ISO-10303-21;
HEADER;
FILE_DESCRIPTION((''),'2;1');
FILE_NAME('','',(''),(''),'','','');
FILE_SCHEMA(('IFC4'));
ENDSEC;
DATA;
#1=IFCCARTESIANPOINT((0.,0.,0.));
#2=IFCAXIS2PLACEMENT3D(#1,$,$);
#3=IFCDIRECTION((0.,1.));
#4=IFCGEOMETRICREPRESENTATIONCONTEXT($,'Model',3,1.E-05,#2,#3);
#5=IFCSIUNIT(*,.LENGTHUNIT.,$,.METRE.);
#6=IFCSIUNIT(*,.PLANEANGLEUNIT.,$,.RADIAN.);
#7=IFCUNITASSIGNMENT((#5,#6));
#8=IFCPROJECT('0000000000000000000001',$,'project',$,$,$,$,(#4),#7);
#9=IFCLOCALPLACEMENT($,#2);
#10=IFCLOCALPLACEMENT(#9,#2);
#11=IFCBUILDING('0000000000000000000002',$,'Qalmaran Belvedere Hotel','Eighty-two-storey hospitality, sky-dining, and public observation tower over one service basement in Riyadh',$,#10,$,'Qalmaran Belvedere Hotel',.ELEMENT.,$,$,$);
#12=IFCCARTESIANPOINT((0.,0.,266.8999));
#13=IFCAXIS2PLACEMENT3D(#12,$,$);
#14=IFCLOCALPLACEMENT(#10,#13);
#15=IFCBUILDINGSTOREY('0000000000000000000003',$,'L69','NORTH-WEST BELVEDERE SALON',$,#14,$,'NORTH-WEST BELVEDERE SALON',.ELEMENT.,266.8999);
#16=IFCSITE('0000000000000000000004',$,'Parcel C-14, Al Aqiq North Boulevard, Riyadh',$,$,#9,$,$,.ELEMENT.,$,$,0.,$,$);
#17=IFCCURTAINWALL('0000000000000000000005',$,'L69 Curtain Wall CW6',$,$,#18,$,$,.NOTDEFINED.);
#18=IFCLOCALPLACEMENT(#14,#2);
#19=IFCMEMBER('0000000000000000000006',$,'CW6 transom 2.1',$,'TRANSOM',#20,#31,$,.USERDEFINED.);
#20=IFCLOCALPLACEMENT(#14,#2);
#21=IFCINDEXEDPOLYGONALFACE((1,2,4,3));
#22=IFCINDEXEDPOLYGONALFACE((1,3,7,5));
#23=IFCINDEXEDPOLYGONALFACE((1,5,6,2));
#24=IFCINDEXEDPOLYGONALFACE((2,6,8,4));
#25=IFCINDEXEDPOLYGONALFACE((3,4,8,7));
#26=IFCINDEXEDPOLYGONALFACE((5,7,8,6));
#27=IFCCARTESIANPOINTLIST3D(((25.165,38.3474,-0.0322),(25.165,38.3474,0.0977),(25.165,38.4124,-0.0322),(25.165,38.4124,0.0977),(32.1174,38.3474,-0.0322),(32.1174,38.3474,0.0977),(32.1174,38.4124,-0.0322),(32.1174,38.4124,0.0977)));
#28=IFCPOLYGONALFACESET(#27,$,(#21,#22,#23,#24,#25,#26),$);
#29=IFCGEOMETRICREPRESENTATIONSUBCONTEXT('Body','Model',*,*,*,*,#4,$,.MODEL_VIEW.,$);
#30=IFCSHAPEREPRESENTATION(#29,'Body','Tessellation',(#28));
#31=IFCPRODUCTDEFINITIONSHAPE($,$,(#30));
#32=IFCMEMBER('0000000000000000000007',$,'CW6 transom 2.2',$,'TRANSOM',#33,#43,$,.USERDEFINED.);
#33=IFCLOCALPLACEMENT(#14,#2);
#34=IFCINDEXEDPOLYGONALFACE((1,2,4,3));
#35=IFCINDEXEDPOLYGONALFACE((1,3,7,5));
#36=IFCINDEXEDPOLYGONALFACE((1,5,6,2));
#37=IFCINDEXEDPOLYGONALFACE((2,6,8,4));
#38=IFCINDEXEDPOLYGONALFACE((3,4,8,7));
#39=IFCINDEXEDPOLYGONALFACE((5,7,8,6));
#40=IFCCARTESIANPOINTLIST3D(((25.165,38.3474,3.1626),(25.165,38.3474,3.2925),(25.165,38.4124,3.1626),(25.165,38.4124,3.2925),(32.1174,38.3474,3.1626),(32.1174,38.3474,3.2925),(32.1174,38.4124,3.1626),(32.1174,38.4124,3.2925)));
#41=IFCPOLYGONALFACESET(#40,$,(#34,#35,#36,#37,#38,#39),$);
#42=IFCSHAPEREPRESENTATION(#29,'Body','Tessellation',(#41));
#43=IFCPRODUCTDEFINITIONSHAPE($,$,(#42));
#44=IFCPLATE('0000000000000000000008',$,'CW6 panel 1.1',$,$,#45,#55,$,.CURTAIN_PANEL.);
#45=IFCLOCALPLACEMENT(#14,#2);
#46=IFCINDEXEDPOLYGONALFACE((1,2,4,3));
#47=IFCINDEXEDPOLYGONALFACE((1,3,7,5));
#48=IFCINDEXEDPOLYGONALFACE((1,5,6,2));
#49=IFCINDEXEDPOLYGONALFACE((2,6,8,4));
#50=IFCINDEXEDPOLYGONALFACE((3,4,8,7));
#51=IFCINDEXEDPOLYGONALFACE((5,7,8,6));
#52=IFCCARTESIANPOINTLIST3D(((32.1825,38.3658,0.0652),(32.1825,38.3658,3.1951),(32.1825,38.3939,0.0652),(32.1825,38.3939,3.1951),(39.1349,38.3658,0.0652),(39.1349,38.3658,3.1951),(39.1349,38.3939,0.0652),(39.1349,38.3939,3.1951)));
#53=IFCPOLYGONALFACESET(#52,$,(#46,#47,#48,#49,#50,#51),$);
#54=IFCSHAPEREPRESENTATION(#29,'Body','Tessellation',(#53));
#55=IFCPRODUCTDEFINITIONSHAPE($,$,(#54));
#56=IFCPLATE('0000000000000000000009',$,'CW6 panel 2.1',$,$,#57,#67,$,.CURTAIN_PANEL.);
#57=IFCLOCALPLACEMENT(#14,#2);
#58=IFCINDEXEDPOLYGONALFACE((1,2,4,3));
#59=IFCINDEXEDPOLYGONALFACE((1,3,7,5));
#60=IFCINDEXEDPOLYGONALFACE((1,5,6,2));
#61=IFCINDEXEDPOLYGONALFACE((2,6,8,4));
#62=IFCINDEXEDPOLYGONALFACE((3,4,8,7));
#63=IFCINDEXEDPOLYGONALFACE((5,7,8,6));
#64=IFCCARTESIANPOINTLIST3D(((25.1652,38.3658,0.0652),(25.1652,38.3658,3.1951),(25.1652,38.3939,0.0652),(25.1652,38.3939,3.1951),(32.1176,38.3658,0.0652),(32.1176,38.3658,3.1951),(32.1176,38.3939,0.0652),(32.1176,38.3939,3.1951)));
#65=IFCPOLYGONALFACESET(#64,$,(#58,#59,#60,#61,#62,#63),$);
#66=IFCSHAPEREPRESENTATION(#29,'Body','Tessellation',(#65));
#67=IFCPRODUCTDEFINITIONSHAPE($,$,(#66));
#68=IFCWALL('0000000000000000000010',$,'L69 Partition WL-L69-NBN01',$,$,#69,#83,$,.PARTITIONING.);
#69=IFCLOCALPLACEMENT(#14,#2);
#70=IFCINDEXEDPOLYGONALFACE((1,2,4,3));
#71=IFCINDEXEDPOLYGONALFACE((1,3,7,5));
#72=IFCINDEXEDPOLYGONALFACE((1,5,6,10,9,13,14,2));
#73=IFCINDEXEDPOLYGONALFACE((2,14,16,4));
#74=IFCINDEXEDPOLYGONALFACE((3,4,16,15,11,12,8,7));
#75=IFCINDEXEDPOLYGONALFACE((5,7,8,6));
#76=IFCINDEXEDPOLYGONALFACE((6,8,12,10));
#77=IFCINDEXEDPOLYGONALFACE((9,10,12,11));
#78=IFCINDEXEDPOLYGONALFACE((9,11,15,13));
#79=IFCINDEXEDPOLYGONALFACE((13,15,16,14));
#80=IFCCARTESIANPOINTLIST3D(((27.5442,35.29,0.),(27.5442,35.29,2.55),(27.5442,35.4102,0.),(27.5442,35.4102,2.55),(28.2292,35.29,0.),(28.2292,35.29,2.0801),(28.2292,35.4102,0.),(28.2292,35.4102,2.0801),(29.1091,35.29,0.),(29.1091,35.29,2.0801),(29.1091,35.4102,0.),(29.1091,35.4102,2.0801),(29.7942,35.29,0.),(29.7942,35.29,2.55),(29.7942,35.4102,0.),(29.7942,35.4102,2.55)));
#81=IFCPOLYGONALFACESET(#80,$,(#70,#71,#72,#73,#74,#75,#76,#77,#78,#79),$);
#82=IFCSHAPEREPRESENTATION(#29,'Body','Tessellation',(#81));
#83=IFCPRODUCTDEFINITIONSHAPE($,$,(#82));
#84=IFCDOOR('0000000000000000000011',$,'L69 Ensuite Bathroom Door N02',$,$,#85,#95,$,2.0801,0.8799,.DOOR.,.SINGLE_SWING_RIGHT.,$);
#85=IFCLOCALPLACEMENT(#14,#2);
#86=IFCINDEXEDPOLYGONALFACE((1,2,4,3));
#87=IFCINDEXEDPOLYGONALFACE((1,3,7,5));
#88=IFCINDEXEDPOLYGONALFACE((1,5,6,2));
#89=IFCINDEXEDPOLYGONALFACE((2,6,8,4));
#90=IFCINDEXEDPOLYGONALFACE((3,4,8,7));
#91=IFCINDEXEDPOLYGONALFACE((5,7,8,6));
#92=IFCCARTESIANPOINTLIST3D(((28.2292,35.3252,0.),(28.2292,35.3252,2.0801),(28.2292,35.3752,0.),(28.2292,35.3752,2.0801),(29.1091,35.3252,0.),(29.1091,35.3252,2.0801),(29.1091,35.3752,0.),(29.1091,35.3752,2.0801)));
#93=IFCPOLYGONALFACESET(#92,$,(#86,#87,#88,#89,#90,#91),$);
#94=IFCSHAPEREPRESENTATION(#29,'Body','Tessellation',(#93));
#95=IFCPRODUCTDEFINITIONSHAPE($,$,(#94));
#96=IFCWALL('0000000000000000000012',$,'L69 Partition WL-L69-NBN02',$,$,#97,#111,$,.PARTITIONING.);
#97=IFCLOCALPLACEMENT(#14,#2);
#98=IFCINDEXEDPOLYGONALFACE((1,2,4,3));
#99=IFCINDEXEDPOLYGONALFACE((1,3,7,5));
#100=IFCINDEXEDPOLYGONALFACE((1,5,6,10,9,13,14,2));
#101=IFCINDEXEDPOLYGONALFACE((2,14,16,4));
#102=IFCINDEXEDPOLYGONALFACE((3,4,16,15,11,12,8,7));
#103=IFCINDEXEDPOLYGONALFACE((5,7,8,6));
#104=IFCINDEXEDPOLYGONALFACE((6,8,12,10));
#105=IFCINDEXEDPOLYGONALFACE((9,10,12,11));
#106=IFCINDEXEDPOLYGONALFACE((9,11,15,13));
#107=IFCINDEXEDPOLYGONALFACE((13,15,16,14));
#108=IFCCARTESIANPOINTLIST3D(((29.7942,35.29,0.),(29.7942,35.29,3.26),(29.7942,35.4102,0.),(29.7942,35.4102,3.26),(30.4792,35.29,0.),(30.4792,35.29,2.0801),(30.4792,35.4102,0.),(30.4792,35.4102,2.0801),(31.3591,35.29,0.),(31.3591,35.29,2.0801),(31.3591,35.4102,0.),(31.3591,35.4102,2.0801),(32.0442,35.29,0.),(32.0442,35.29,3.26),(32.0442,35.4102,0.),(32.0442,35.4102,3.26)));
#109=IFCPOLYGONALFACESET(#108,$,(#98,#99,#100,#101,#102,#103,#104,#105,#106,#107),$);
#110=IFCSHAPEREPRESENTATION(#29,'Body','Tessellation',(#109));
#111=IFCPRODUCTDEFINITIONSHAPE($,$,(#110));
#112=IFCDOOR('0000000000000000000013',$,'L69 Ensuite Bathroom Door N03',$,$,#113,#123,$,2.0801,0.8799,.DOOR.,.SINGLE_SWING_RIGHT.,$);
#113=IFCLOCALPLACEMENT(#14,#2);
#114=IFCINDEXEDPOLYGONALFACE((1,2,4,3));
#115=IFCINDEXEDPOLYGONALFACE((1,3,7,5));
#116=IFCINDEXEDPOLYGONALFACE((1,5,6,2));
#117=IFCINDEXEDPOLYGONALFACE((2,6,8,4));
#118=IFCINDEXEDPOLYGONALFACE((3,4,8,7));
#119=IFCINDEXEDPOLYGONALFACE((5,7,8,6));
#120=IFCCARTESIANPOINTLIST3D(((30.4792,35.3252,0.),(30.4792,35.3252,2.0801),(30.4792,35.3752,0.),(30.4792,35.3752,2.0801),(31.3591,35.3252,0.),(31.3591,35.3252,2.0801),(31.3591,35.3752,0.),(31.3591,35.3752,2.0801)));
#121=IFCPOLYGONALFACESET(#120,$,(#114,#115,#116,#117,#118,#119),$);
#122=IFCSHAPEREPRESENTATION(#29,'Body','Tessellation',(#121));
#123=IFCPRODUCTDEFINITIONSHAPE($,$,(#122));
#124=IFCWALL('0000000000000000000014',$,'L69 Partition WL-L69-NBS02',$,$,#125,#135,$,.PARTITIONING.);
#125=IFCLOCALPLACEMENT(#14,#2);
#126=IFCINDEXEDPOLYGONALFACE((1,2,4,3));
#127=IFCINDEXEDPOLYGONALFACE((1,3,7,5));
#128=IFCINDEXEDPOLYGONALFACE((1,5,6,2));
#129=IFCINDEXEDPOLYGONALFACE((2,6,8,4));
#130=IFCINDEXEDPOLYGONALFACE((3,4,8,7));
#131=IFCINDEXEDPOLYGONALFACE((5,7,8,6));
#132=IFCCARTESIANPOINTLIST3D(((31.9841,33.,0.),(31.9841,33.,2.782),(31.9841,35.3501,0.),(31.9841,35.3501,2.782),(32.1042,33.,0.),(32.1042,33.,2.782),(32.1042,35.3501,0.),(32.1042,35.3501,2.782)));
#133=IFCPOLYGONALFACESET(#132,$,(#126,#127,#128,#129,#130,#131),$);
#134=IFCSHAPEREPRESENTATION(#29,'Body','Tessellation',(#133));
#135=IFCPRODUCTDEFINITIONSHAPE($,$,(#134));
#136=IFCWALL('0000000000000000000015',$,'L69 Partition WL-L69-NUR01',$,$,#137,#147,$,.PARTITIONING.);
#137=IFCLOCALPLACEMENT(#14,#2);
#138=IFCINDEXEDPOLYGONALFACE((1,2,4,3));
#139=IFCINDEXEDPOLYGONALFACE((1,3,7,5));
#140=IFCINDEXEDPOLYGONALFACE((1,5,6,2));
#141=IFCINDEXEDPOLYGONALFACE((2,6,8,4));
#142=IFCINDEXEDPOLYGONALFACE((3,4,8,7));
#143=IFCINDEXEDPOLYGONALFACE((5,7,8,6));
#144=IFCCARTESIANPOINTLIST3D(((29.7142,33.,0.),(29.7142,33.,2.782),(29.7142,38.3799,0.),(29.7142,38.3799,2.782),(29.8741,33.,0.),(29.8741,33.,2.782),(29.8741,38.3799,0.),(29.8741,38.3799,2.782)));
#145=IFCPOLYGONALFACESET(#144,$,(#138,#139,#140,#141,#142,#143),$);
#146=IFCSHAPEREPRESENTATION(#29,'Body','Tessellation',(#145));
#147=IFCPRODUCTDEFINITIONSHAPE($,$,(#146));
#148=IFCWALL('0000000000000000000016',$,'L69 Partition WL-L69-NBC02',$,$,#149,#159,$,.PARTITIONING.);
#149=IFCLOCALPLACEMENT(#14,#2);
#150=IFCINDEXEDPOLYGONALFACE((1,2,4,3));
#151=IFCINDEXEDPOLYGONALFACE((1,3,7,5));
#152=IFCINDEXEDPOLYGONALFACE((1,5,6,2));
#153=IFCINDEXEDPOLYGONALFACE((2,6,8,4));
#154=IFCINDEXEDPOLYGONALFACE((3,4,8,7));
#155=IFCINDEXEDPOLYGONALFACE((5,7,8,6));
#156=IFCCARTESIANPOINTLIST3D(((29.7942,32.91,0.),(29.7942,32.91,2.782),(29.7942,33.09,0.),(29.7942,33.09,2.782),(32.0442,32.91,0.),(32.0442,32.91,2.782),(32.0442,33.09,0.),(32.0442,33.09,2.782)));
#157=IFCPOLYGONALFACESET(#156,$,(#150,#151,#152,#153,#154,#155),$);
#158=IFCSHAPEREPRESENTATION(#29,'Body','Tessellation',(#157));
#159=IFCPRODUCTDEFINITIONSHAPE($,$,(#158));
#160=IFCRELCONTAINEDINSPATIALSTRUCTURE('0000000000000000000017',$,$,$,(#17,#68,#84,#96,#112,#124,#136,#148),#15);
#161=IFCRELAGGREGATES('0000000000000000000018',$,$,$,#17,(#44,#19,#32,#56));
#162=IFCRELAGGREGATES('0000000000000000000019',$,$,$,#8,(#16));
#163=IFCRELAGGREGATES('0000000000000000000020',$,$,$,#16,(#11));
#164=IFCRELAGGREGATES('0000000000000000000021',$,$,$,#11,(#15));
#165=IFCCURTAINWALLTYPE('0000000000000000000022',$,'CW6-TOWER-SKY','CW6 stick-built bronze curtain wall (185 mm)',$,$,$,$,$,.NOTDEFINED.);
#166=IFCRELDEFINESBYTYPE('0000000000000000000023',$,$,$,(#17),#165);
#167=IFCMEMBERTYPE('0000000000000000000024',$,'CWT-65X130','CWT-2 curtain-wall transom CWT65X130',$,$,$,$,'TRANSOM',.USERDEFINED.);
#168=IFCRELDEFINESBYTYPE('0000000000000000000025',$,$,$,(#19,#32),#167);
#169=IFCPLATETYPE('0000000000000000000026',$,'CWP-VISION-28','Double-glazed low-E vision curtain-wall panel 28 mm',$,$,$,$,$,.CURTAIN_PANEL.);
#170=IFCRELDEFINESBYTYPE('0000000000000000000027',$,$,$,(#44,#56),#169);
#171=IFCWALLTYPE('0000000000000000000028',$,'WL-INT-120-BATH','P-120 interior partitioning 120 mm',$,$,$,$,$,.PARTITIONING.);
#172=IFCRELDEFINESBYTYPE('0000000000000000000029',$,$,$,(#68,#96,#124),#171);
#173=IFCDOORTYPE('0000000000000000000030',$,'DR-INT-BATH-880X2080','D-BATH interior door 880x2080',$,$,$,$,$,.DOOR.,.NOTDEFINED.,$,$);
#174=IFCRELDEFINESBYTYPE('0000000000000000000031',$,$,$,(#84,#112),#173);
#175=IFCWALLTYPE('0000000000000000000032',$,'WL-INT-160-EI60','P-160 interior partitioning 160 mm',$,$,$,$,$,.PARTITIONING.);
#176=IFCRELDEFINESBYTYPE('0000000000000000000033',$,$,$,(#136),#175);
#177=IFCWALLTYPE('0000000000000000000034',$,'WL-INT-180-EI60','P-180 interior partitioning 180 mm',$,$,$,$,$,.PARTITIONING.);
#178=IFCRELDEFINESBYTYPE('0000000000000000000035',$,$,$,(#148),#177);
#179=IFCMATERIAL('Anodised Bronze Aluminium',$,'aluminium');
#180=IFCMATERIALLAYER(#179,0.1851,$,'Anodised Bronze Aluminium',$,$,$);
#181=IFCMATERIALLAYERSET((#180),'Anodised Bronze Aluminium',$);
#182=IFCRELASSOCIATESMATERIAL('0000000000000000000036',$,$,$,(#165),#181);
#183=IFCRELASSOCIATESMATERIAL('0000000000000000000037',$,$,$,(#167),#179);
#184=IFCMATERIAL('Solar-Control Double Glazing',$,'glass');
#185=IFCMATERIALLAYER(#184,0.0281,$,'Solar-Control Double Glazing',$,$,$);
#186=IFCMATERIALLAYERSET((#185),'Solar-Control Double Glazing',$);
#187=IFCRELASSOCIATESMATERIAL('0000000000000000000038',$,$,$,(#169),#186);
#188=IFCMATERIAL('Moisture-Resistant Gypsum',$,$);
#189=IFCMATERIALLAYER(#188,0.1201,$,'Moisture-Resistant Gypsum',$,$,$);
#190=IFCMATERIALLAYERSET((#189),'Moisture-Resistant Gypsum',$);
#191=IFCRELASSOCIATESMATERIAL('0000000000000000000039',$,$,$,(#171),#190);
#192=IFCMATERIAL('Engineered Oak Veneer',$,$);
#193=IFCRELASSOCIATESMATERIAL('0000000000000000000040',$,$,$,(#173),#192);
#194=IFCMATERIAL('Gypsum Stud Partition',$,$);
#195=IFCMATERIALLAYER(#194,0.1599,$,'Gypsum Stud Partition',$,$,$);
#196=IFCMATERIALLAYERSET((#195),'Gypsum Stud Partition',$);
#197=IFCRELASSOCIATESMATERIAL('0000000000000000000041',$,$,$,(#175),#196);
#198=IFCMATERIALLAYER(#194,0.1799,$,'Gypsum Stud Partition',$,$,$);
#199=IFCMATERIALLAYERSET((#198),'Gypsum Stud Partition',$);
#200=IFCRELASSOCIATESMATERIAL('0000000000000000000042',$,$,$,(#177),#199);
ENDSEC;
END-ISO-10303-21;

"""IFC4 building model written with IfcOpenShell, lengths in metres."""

from ifc_helpers import new_model, si_unit, direction, frame, frame_2d, origin, origin_2d, place, context, subcontext, project, spatial, rectangle, extrude, material, layer, layer_set, material_profile, profile_set, type_object, element, fill, aggregate, save


model = new_model("IFC4")

# Units and contexts
model_context = context("Model", 3, precision=1e-05, world=origin(), true_north=direction((0.0, 1.0)))
body_context = subcontext(model_context, "Body", "Model", "MODEL_VIEW")
ifc_project = project(units=[si_unit("LENGTHUNIT", "METRE"), si_unit("PLANEANGLEUNIT", "RADIAN")], contexts=[model_context])

# Site, building, storey
site_placement = place(None, origin())
site = spatial("IfcSite", under=ifc_project, at=site_placement, Name="Parcel C-14, Al Aqiq North Boulevard, Riyadh", CompositionType="ELEMENT", RefElevation=0.0)
building_placement = place(site_placement, origin())
building = spatial("IfcBuilding", under=site, at=building_placement, Name="Qalmaran Belvedere Hotel", Description="Eighty-two-storey hospitality, sky-dining, and public observation tower over one service basement in Riyadh", LongName="Qalmaran Belvedere Hotel", CompositionType="ELEMENT")
storey_placement = place(building_placement, frame((0.0, 0.0, 266.8999)))
storey = spatial("IfcBuildingStorey", under=building, at=storey_placement, Name="L69", Description="NORTH-WEST BELVEDERE SALON", LongName="NORTH-WEST BELVEDERE SALON", CompositionType="ELEMENT", Elevation=266.8999)

# Curtain wall, members, plates
ifc_material_1 = material(Name="Anodised Bronze Aluminium", Category="aluminium")
ifc_layer_1 = layer(ifc_material_1, 0.1851, Name="Anodised Bronze Aluminium")
ifc_layer_set_1 = layer_set([ifc_layer_1], Name="Anodised Bronze Aluminium")
curtain_wall_type = type_object("IfcCurtainWallType", Name="CW6-TOWER-SKY", Description="CW6 stick-built bronze curtain wall (185 mm)", PredefinedType="NOTDEFINED", material=ifc_layer_set_1)
curtain_wall_placement = place(storey_placement, origin())
curtain_wall = element("IfcCurtainWall", 1, at=curtain_wall_placement, inside=storey, type_object=curtain_wall_type, Name="L69 Curtain Wall CW6", PredefinedType="NOTDEFINED")
ifc_material_profile_1 = material_profile(ifc_material_1, rectangle(XDim=0.0649, YDim=0.1299, at=origin_2d()), Name="CWT65X130")
ifc_profile_set_1 = profile_set([ifc_material_profile_1], Name="Anodised Bronze Aluminium")
member_type_1 = type_object("IfcMemberType", Name="CWT-65X130", Description="CWT-2 curtain-wall transom CWT65X130", ElementType="TRANSOM", PredefinedType="USERDEFINED", material=ifc_profile_set_1)
member_1_placement = place(storey_placement, frame((32.1174, 38.3799, 0.0327), z_axis=(-1.0, 0.0, 0.0), x_axis=(0.0, -1.0, 0.0)))
member_1 = element("IfcMember", 2, at=member_1_placement, type_object=member_type_1, Name="CW6 transom 2.1", ObjectType="TRANSOM", PredefinedType="USERDEFINED", context=body_context, shape_type="SweptSolid", body=[
    extrude(rectangle(XDim=0.0649, YDim=0.1299, at=origin_2d()), origin(), (0.0, 0.0, 1.0), 6.9524),
])
member_2_placement = place(storey_placement, frame((32.1174, 38.3799, 3.2275), z_axis=(-1.0, 0.0, 0.0), x_axis=(0.0, -1.0, 0.0)))
member_2 = element("IfcMember", 3, at=member_2_placement, type_object=member_type_1, Name="CW6 transom 2.2", ObjectType="TRANSOM", PredefinedType="USERDEFINED", context=body_context, shape_type="SweptSolid", body=[
    extrude(rectangle(XDim=0.0649, YDim=0.1299, at=origin_2d()), origin(), (0.0, 0.0, 1.0), 6.9524),
])
ifc_material_2 = material(Name="Solar-Control Double Glazing", Category="glass")
ifc_layer_2 = layer(ifc_material_2, 0.0281, Name="Solar-Control Double Glazing")
ifc_layer_set_2 = layer_set([ifc_layer_2], Name="Solar-Control Double Glazing")
plate_type = type_object("IfcPlateType", Name="CWP-VISION-28", Description="Double-glazed low-E vision curtain-wall panel 28 mm", PredefinedType="CURTAIN_PANEL", material=ifc_layer_set_2)
plate_1_placement = place(storey_placement, frame((35.6587, 38.3799, 0.0652), z_axis=(0.0, 0.0, 1.0), x_axis=(-1.0, 0.0, 0.0)))
plate_1 = element("IfcPlate", 4, at=plate_1_placement, type_object=plate_type, Name="CW6 panel 1.1", PredefinedType="CURTAIN_PANEL", context=body_context, shape_type="SweptSolid", body=[
    extrude(rectangle(XDim=6.9524, YDim=0.0281, at=origin_2d()), origin(), (0.0, 0.0, 1.0), 3.1299),
])
plate_2_placement = place(storey_placement, frame((28.6414, 38.3799, 0.0652), z_axis=(0.0, 0.0, 1.0), x_axis=(-1.0, 0.0, 0.0)))
plate_2 = element("IfcPlate", 5, at=plate_2_placement, type_object=plate_type, Name="CW6 panel 2.1", PredefinedType="CURTAIN_PANEL", context=body_context, shape_type="SweptSolid", body=[
    extrude(rectangle(XDim=6.9524, YDim=0.0281, at=origin_2d()), origin(), (0.0, 0.0, 1.0), 3.1299),
])
aggregate(curtain_wall, [plate_1, member_1, member_2, plate_2])

# Walls, openings, doors
ifc_material_3 = material(Name="Moisture-Resistant Gypsum")
ifc_layer_3 = layer(ifc_material_3, 0.1201, Name="Moisture-Resistant Gypsum")
ifc_layer_set_3 = layer_set([ifc_layer_3], Name="Moisture-Resistant Gypsum")
wall_type_1 = type_object("IfcWallType", Name="WL-INT-120-BATH", Description="P-120 interior partitioning 120 mm", PredefinedType="PARTITIONING", material=ifc_layer_set_3)
wall_1_placement = place(storey_placement, frame((27.5442, 35.3501, 0.0), z_axis=(0.0, 0.0, 1.0), x_axis=(1.0, 0.0, 0.0)))
wall_1 = element("IfcWall", 6, at=wall_1_placement, inside=storey, type_object=wall_type_1, Name="L69 Partition WL-L69-NBN01", PredefinedType="PARTITIONING", context=body_context, shape_type="SweptSolid", body=[
    extrude(rectangle(XDim=2.25, YDim=0.1201, at=frame_2d((1.125, 0.0))), origin(), (0.0, 0.0, 1.0), 2.55),
])
opening_1_placement = place(wall_1_placement, frame((1.5649, 0.0, 0.0), z_axis=(0.0, 0.0, 1.0), x_axis=(-1.0, 0.0, 0.0)))
opening_1 = element("IfcOpeningElement", 7, at=opening_1_placement, cuts=wall_1, PredefinedType="OPENING", context=body_context, shape_type="SweptSolid", body=[
    extrude(rectangle(XDim=0.8799, YDim=2.0801, at=frame_2d((0.4399, 1.04))), frame((0.0, 0.0701, 0.0), z_axis=(0.0, -1.0, 0.0), x_axis=(1.0, 0.0, 0.0)), (0.0, 0.0, 1.0), 0.1401),
])
ifc_material_4 = material(Name="Engineered Oak Veneer")
door_type_1 = type_object("IfcDoorType", Name="DR-INT-BATH-880X2080", Description="D-BATH interior door 880x2080", OperationType="NOTDEFINED", PredefinedType="DOOR", material=ifc_material_4)
door_1_placement = place(opening_1_placement, origin())
door_1 = element("IfcDoor", 8, at=door_1_placement, inside=storey, type_object=door_type_1, Name="L69 Ensuite Bathroom Door N02", OperationType="SINGLE_SWING_RIGHT", OverallHeight=2.0801, OverallWidth=0.8799, PredefinedType="DOOR", context=body_context, shape_type="SweptSolid", body=[
    extrude(rectangle(XDim=0.8799, YDim=2.0801, at=frame_2d((0.4399, 1.04))), frame((0.0, 0.0249, 0.0), z_axis=(0.0, -1.0, 0.0), x_axis=(1.0, 0.0, 0.0)), (0.0, 0.0, 1.0), 0.05),
])
fill(opening_1, door_1)
wall_2_placement = place(storey_placement, frame((29.7942, 35.3501, 0.0), z_axis=(0.0, 0.0, 1.0), x_axis=(1.0, 0.0, 0.0)))
wall_2 = element("IfcWall", 9, at=wall_2_placement, inside=storey, type_object=wall_type_1, Name="L69 Partition WL-L69-NBN02", PredefinedType="PARTITIONING", context=body_context, shape_type="SweptSolid", body=[
    extrude(rectangle(XDim=2.25, YDim=0.1201, at=frame_2d((1.125, 0.0))), origin(), (0.0, 0.0, 1.0), 3.26),
])
opening_2_placement = place(wall_2_placement, frame((1.5649, 0.0, 0.0), z_axis=(0.0, 0.0, 1.0), x_axis=(-1.0, 0.0, 0.0)))
opening_2 = element("IfcOpeningElement", 10, at=opening_2_placement, cuts=wall_2, PredefinedType="OPENING", context=body_context, shape_type="SweptSolid", body=[
    extrude(rectangle(XDim=0.8799, YDim=2.0801, at=frame_2d((0.4399, 1.04))), frame((0.0, 0.0701, 0.0), z_axis=(0.0, -1.0, 0.0), x_axis=(1.0, 0.0, 0.0)), (0.0, 0.0, 1.0), 0.1401),
])
door_2_placement = place(opening_2_placement, origin())
door_2 = element("IfcDoor", 11, at=door_2_placement, inside=storey, type_object=door_type_1, Name="L69 Ensuite Bathroom Door N03", OperationType="SINGLE_SWING_RIGHT", OverallHeight=2.0801, OverallWidth=0.8799, PredefinedType="DOOR", context=body_context, shape_type="SweptSolid", body=[
    extrude(rectangle(XDim=0.8799, YDim=2.0801, at=frame_2d((0.4399, 1.04))), frame((0.0, 0.0249, 0.0), z_axis=(0.0, -1.0, 0.0), x_axis=(1.0, 0.0, 0.0)), (0.0, 0.0, 1.0), 0.05),
])
fill(opening_2, door_2)

# Walls
wall_3_placement = place(storey_placement, frame((32.0442, 33.0, 0.0), z_axis=(0.0, 0.0, 1.0), x_axis=(0.0, 1.0, 0.0)))
element("IfcWall", 12, at=wall_3_placement, inside=storey, type_object=wall_type_1, Name="L69 Partition WL-L69-NBS02", PredefinedType="PARTITIONING", context=body_context, shape_type="SweptSolid", body=[
    extrude(rectangle(XDim=2.3501, YDim=0.1201, at=frame_2d((1.175, 0.0))), origin(), (0.0, 0.0, 1.0), 2.782),
])
ifc_material_5 = material(Name="Gypsum Stud Partition")
ifc_layer_4 = layer(ifc_material_5, 0.1599, Name="Gypsum Stud Partition")
ifc_layer_set_4 = layer_set([ifc_layer_4], Name="Gypsum Stud Partition")
wall_type_2 = type_object("IfcWallType", Name="WL-INT-160-EI60", Description="P-160 interior partitioning 160 mm", PredefinedType="PARTITIONING", material=ifc_layer_set_4)
wall_4_placement = place(storey_placement, frame((29.7942, 33.0, 0.0), z_axis=(0.0, 0.0, 1.0), x_axis=(0.0, 1.0, 0.0)))
element("IfcWall", 13, at=wall_4_placement, inside=storey, type_object=wall_type_2, Name="L69 Partition WL-L69-NUR01", PredefinedType="PARTITIONING", context=body_context, shape_type="SweptSolid", body=[
    extrude(rectangle(XDim=5.3799, YDim=0.1599, at=frame_2d((2.6899, 0.0))), origin(), (0.0, 0.0, 1.0), 2.782),
])
ifc_layer_5 = layer(ifc_material_5, 0.1799, Name="Gypsum Stud Partition")
ifc_layer_set_5 = layer_set([ifc_layer_5], Name="Gypsum Stud Partition")
wall_type_3 = type_object("IfcWallType", Name="WL-INT-180-EI60", Description="P-180 interior partitioning 180 mm", PredefinedType="PARTITIONING", material=ifc_layer_set_5)
wall_5_placement = place(storey_placement, frame((29.7942, 33.0, 0.0), z_axis=(0.0, 0.0, 1.0), x_axis=(1.0, 0.0, 0.0)))
element("IfcWall", 14, at=wall_5_placement, inside=storey, type_object=wall_type_3, Name="L69 Partition WL-L69-NBC02", PredefinedType="PARTITIONING", context=body_context, shape_type="SweptSolid", body=[
    extrude(rectangle(XDim=2.25, YDim=0.1799, at=frame_2d((1.125, 0.0))), origin(), (0.0, 0.0, 1.0), 2.782),
])

save(model, "model.ifc")
